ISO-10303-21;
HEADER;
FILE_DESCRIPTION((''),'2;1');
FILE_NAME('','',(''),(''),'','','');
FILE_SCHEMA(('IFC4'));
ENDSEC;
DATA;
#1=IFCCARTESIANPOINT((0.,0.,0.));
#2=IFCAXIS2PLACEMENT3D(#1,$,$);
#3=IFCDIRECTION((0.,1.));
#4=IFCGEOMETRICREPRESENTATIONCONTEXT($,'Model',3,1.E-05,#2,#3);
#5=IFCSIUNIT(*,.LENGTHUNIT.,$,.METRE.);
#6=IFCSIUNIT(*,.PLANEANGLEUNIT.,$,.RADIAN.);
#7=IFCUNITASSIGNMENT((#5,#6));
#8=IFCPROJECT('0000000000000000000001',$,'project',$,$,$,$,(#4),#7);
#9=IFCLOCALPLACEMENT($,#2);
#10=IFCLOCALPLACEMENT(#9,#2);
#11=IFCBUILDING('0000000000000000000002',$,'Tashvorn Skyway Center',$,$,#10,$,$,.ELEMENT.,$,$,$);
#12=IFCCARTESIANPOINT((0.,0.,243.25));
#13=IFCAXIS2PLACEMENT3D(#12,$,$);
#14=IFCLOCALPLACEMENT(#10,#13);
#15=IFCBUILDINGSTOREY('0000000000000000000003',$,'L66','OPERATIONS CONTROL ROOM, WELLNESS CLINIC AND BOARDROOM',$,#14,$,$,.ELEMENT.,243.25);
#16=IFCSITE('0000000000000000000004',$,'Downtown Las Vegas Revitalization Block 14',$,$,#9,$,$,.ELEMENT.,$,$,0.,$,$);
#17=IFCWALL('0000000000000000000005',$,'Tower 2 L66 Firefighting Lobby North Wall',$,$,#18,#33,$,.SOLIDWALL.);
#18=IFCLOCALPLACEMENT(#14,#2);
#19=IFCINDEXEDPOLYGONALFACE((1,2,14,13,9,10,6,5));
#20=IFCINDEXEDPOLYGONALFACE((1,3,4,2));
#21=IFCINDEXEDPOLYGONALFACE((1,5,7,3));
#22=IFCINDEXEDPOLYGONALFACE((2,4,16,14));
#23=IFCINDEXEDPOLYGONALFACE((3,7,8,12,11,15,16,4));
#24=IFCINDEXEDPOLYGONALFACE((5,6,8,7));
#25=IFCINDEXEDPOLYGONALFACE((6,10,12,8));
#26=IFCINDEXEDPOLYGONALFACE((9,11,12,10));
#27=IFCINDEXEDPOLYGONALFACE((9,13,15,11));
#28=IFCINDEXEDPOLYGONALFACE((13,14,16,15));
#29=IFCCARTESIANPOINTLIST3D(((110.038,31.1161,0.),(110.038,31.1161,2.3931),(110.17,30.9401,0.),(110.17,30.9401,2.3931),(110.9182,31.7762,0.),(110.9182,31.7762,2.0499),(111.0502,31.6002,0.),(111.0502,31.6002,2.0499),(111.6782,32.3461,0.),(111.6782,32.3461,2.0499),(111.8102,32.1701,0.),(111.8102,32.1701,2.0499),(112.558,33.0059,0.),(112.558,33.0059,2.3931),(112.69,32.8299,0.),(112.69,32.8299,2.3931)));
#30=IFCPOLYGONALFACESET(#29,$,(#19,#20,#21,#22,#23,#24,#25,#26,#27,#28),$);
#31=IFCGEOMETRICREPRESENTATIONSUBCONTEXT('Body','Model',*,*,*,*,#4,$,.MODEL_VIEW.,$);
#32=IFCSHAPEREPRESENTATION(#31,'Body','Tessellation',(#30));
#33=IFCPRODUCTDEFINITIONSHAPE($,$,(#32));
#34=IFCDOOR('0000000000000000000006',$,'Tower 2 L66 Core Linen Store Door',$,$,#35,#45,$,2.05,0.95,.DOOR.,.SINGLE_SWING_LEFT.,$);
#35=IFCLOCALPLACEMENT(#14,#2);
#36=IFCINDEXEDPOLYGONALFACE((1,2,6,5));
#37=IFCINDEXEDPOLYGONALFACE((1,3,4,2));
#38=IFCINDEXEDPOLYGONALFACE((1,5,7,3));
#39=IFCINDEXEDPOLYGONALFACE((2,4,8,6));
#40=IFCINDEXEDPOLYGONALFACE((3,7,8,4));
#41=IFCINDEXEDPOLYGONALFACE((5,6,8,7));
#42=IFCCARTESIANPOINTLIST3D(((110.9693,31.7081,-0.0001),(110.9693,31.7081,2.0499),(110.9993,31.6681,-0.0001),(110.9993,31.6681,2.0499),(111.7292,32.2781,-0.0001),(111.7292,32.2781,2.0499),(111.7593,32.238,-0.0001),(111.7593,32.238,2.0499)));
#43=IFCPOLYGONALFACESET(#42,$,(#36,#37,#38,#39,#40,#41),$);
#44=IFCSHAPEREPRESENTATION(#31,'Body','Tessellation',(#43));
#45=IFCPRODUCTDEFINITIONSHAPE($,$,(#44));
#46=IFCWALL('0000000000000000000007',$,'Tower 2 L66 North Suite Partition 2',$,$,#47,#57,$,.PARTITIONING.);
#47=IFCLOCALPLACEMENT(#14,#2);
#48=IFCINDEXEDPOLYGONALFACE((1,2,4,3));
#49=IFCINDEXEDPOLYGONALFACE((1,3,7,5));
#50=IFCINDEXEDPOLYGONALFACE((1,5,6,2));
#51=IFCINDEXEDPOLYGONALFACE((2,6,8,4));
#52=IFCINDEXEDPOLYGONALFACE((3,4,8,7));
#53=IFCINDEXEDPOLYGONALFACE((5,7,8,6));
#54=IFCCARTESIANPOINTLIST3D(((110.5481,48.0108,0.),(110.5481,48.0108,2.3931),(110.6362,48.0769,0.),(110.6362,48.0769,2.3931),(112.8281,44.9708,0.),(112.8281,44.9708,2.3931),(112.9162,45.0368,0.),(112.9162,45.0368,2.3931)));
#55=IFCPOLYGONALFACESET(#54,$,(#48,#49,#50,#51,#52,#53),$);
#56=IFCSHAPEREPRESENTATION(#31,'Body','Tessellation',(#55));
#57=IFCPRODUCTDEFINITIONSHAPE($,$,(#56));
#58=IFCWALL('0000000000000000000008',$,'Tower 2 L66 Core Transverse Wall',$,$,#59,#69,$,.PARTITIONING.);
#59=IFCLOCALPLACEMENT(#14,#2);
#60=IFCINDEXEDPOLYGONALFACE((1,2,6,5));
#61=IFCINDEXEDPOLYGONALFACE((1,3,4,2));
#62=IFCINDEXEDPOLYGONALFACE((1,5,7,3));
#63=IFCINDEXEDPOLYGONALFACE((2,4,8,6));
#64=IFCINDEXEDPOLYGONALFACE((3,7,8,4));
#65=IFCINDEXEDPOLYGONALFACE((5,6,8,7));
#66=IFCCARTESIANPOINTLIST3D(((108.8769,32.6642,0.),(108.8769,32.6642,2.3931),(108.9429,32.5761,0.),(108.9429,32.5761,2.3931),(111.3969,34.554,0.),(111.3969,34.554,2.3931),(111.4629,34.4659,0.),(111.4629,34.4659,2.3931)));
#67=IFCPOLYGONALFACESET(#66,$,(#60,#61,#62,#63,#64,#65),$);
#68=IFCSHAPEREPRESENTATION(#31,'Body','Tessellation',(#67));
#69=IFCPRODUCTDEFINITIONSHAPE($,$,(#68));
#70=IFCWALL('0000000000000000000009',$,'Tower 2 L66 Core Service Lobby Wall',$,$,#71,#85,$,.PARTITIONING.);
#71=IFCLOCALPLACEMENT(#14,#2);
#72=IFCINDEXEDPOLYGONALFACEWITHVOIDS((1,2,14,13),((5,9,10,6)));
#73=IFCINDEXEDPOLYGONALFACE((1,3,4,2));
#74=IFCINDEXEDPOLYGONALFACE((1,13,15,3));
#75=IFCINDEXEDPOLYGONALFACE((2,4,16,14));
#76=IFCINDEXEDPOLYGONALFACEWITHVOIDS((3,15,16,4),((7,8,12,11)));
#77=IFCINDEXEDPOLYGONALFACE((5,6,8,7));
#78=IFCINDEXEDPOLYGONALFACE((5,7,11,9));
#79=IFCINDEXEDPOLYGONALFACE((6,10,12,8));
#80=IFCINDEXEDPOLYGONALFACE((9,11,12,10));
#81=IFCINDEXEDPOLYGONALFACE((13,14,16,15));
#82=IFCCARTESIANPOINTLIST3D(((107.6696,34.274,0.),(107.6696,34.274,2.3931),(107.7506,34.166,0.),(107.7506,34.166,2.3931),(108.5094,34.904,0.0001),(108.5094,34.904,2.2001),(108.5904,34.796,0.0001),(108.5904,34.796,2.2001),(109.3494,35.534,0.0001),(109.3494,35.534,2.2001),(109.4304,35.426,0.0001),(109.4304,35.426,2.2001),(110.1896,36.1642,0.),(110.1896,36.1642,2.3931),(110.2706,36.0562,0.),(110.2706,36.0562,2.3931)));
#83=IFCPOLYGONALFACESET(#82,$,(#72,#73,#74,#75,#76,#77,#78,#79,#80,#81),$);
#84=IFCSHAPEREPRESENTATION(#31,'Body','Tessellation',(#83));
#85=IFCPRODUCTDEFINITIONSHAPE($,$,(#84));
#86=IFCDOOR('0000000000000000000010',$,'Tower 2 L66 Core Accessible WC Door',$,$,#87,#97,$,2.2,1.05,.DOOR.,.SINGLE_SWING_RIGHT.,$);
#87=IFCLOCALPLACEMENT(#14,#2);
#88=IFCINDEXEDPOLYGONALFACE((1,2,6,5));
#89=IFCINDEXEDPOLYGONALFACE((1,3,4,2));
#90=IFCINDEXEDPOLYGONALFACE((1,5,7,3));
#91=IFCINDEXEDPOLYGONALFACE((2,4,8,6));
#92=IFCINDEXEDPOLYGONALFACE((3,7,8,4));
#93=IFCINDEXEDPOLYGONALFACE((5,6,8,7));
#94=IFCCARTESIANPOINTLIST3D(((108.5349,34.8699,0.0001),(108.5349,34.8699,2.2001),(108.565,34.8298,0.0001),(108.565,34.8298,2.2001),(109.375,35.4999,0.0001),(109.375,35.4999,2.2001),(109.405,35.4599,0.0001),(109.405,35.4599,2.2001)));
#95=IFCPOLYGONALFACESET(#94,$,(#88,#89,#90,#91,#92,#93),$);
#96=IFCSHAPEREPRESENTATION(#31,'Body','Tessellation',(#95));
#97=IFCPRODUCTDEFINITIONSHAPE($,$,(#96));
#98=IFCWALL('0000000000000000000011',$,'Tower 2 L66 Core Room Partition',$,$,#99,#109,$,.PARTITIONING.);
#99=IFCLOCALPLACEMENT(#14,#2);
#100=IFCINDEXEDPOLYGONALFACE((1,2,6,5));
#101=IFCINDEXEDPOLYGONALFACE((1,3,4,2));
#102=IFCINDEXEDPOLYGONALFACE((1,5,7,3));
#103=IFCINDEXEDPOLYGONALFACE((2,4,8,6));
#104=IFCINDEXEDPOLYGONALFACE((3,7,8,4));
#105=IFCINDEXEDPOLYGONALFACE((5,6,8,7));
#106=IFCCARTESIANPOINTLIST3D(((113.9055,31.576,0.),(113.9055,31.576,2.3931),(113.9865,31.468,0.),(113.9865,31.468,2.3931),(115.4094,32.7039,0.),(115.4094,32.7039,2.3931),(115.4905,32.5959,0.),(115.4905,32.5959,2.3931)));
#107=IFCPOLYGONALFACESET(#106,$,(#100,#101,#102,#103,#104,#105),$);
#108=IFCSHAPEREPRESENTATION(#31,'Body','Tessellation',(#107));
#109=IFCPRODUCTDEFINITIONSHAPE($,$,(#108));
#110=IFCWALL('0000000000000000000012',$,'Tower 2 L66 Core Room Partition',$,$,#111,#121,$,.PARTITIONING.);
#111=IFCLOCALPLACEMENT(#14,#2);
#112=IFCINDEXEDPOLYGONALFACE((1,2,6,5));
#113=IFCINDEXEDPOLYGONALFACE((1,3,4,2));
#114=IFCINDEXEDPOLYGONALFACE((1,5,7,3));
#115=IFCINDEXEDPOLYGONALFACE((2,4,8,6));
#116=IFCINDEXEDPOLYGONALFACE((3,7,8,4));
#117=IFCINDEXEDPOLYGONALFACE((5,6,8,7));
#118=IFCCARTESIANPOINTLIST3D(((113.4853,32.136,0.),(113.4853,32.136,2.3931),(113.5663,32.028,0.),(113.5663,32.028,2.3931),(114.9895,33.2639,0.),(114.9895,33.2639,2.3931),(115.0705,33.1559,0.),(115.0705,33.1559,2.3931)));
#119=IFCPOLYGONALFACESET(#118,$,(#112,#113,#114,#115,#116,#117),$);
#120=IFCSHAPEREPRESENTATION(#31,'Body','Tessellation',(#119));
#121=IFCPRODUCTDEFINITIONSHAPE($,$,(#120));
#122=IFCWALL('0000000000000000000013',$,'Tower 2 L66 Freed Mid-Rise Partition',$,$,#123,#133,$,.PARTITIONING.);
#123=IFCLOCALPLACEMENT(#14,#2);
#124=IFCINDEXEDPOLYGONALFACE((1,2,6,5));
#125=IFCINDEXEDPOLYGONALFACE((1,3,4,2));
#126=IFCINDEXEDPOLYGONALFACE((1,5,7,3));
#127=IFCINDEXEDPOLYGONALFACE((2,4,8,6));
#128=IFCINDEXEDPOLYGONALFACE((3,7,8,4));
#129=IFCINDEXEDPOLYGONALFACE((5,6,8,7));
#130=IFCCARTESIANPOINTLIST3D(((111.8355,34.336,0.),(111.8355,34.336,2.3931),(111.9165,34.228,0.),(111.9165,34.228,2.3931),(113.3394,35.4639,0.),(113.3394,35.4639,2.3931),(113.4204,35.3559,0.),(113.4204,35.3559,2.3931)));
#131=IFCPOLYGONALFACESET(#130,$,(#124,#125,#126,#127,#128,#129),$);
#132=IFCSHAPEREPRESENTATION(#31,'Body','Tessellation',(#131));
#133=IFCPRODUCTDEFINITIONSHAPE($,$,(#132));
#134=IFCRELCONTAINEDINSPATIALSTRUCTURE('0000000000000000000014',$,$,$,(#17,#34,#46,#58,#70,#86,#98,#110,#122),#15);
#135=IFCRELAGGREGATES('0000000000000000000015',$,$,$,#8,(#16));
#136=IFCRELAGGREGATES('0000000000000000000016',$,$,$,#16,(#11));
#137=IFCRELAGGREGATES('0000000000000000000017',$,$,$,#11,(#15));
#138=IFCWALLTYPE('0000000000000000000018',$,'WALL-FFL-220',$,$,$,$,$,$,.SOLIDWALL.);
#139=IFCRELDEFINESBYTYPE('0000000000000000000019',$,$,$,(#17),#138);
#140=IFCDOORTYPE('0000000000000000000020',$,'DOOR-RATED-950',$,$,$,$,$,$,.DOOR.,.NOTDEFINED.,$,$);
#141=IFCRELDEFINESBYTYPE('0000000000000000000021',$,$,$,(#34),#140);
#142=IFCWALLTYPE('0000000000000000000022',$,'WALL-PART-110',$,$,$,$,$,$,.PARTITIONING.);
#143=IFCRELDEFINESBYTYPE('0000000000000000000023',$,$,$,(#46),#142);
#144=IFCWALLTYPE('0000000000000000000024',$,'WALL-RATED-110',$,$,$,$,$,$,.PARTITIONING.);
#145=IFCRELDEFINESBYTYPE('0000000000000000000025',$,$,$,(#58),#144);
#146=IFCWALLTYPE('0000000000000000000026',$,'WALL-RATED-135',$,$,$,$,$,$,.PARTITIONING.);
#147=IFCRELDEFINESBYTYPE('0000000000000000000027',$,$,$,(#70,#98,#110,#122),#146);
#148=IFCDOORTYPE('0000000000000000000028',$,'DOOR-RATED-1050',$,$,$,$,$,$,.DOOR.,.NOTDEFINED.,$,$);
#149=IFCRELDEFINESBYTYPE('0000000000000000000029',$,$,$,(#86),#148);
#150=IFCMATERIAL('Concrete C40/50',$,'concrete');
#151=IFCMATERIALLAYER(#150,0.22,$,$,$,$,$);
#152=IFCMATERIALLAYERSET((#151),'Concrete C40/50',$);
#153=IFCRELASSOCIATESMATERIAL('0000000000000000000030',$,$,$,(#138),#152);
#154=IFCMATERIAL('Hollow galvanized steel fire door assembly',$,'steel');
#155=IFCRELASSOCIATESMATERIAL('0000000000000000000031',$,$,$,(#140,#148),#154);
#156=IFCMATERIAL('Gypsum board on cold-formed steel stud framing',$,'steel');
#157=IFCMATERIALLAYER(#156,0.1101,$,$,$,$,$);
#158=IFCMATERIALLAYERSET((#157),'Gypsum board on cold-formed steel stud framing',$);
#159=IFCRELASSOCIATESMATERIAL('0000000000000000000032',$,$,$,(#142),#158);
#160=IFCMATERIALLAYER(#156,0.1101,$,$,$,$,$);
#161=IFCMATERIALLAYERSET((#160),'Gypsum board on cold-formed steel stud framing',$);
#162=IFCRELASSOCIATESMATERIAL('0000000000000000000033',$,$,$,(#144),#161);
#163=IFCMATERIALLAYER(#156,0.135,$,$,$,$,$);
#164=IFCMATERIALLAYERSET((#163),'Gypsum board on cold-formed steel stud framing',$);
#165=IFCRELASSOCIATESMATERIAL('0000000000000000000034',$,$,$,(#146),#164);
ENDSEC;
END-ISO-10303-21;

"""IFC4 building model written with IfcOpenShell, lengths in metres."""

from ifc_helpers import new_model, si_unit, direction, frame, frame_2d, origin, place, context, subcontext, project, spatial, rectangle, extrude, material, layer, layer_set, type_object, element, fill, save


model = new_model("IFC4")

# Units and contexts
model_context = context("Model", 3, precision=1e-05, world=origin(), true_north=direction((0.0, 1.0)))
body_context = subcontext(model_context, "Body", "Model", "MODEL_VIEW")
ifc_project = project(units=[si_unit("LENGTHUNIT", "METRE"), si_unit("PLANEANGLEUNIT", "RADIAN")], contexts=[model_context])

# Site, building, storey
site_placement = place(None, origin())
site = spatial("IfcSite", under=ifc_project, at=site_placement, Name="Downtown Las Vegas Revitalization Block 14", CompositionType="ELEMENT", RefElevation=0.0)
building_placement = place(site_placement, origin())
building = spatial("IfcBuilding", under=site, at=building_placement, Name="Tashvorn Skyway Center", CompositionType="ELEMENT")
storey_placement = place(building_placement, frame((0.0, 0.0, 243.25)))
storey = spatial("IfcBuildingStorey", under=building, at=storey_placement, Name="L66", Description="OPERATIONS CONTROL ROOM, WELLNESS CLINIC AND BOARDROOM", CompositionType="ELEMENT", Elevation=243.25)

# Wall, opening, door
ifc_material_1 = material(Name="Concrete C40/50", Category="concrete")
ifc_layer_1 = layer(ifc_material_1, 0.22)
ifc_layer_set_1 = layer_set([ifc_layer_1], Name="Concrete C40/50")
wall_type_1 = type_object("IfcWallType", Name="WALL-FFL-220", PredefinedType="SOLIDWALL", material=ifc_layer_set_1)
wall_1_placement = place(storey_placement, frame((110.104, 31.0281, 0.0), z_axis=(0.0, 0.0, 1.0), x_axis=(0.800019, 0.599975, 0.0)))
wall_1 = element("IfcWall", 1, at=wall_1_placement, inside=storey, type_object=wall_type_1, Name="Tower 2 L66 Firefighting Lobby North Wall", PredefinedType="SOLIDWALL", context=body_context, shape_type="SweptSolid", body=[
    extrude(rectangle(XDim=3.1499, YDim=0.22, at=frame_2d((1.575, 0.0))), origin(), (0.0, 0.0, 1.0), 2.3931),
])
opening_1_placement = place(wall_1_placement, frame((1.1001, 0.0, 0.0)))
opening_1 = element("IfcOpeningElement", 2, at=opening_1_placement, cuts=wall_1, PredefinedType="OPENING", context=body_context, shape_type="SweptSolid", body=[
    extrude(rectangle(XDim=0.95, YDim=2.05, at=frame_2d((0.4751, 1.0249))), frame((0.0, 0.1199, 0.0), z_axis=(0.0, -1.0, 0.0), x_axis=(1.0, 0.0, 0.0)), (0.0, 0.0, 1.0), 0.24),
])
ifc_material_2 = material(Name="Hollow galvanized steel fire door assembly", Category="steel")
door_type_1 = type_object("IfcDoorType", Name="DOOR-RATED-950", OperationType="NOTDEFINED", PredefinedType="DOOR", material=ifc_material_2)
door_1_placement = place(opening_1_placement, origin())
door_1 = element("IfcDoor", 3, at=door_1_placement, inside=storey, type_object=door_type_1, Name="Tower 2 L66 Core Linen Store Door", OperationType="SINGLE_SWING_LEFT", OverallHeight=2.05, OverallWidth=0.95, PredefinedType="DOOR", context=body_context, shape_type="SweptSolid", body=[
    extrude(rectangle(XDim=0.95, YDim=2.05, at=frame_2d((0.4751, 1.0249))), frame((0.0, 0.0249, 0.0), z_axis=(0.0, -1.0, 0.0), x_axis=(1.0, 0.0, 0.0)), (0.0, 0.0, 1.0), 0.05),
])
fill(opening_1, door_1)

# Walls
ifc_material_3 = material(Name="Gypsum board on cold-formed steel stud framing", Category="steel")
ifc_layer_2 = layer(ifc_material_3, 0.1101)
ifc_layer_set_2 = layer_set([ifc_layer_2], Name="Gypsum board on cold-formed steel stud framing")
wall_type_2 = type_object("IfcWallType", Name="WALL-PART-110", PredefinedType="PARTITIONING", material=ifc_layer_set_2)
wall_2_placement = place(storey_placement, frame((112.8721, 45.0039, 0.0), z_axis=(0.0, 0.0, 1.0), x_axis=(-0.6, 0.8, 0.0)))
element("IfcWall", 4, at=wall_2_placement, inside=storey, type_object=wall_type_2, Name="Tower 2 L66 North Suite Partition 2", PredefinedType="PARTITIONING", context=body_context, shape_type="SweptSolid", body=[
    extrude(rectangle(XDim=3.8, YDim=0.1101, at=frame_2d((1.8999, 0.0))), origin(), (0.0, 0.0, 1.0), 2.3931),
])
ifc_layer_3 = layer(ifc_material_3, 0.1101)
ifc_layer_set_3 = layer_set([ifc_layer_3], Name="Gypsum board on cold-formed steel stud framing")
wall_type_3 = type_object("IfcWallType", Name="WALL-RATED-110", PredefinedType="PARTITIONING", material=ifc_layer_set_3)
wall_3_placement = place(storey_placement, frame((108.9099, 32.6201, 0.0), z_axis=(0.0, 0.0, 1.0), x_axis=(0.800019, 0.599975, 0.0)))
element("IfcWall", 5, at=wall_3_placement, inside=storey, type_object=wall_type_3, Name="Tower 2 L66 Core Transverse Wall", PredefinedType="PARTITIONING", context=body_context, shape_type="SweptSolid", body=[
    extrude(rectangle(XDim=3.1499, YDim=0.1101, at=frame_2d((1.575, 0.0))), origin(), (0.0, 0.0, 1.0), 2.3931),
])

# Wall, opening, door
ifc_layer_4 = layer(ifc_material_3, 0.135)
ifc_layer_set_4 = layer_set([ifc_layer_4], Name="Gypsum board on cold-formed steel stud framing")
wall_type_4 = type_object("IfcWallType", Name="WALL-RATED-135", PredefinedType="PARTITIONING", material=ifc_layer_set_4)
wall_4_placement = place(storey_placement, frame((107.71, 34.22, 0.0), z_axis=(0.0, 0.0, 1.0), x_axis=(0.799981, 0.600025, 0.0)))
wall_4 = element("IfcWall", 6, at=wall_4_placement, inside=storey, type_object=wall_type_4, Name="Tower 2 L66 Core Service Lobby Wall", PredefinedType="PARTITIONING", context=body_context, shape_type="SweptSolid", body=[
    extrude(rectangle(XDim=3.1501, YDim=0.135, at=frame_2d((1.5752, 0.0))), origin(), (0.0, 0.0, 1.0), 2.3931),
])
opening_2_placement = place(wall_4_placement, frame((1.05, 0.0, 0.0)))
opening_2 = element("IfcOpeningElement", 7, at=opening_2_placement, cuts=wall_4, PredefinedType="OPENING", context=body_context, shape_type="SweptSolid", body=[
    extrude(rectangle(XDim=1.05, YDim=2.2, at=frame_2d((0.5249, 1.1001))), frame((0.0, 0.0774, 0.0), z_axis=(0.0, -1.0, 0.0), x_axis=(1.0, 0.0, 0.0)), (0.0, 0.0, 1.0), 0.155),
])
door_type_2 = type_object("IfcDoorType", Name="DOOR-RATED-1050", OperationType="NOTDEFINED", PredefinedType="DOOR", material=ifc_material_2)
door_2_placement = place(opening_2_placement, origin())
door_2 = element("IfcDoor", 8, at=door_2_placement, inside=storey, type_object=door_type_2, Name="Tower 2 L66 Core Accessible WC Door", OperationType="SINGLE_SWING_RIGHT", OverallHeight=2.2, OverallWidth=1.05, PredefinedType="DOOR", context=body_context, shape_type="SweptSolid", body=[
    extrude(rectangle(XDim=1.05, YDim=2.2, at=frame_2d((0.5249, 1.1001))), frame((0.0, 0.0249, 0.0), z_axis=(0.0, -1.0, 0.0), x_axis=(1.0, 0.0, 0.0)), (0.0, 0.0, 1.0), 0.05),
])
fill(opening_2, door_2)

# Walls
wall_5_placement = place(storey_placement, frame((113.946, 31.522, 0.0), z_axis=(0.0, 0.0, 1.0), x_axis=(0.8, 0.6, 0.0)))
element("IfcWall", 9, at=wall_5_placement, inside=storey, type_object=wall_type_4, Name="Tower 2 L66 Core Room Partition", PredefinedType="PARTITIONING", context=body_context, shape_type="SweptSolid", body=[
    extrude(rectangle(XDim=1.8799, YDim=0.135, at=frame_2d((0.9399, 0.0))), origin(), (0.0, 0.0, 1.0), 2.3931),
])
wall_6_placement = place(storey_placement, frame((113.5259, 32.082, 0.0), z_axis=(0.0, 0.0, 1.0), x_axis=(0.800047, 0.599938, 0.0)))
element("IfcWall", 10, at=wall_6_placement, inside=storey, type_object=wall_type_4, Name="Tower 2 L66 Core Room Partition", PredefinedType="PARTITIONING", context=body_context, shape_type="SweptSolid", body=[
    extrude(rectangle(XDim=1.8801, YDim=0.135, at=frame_2d((0.9399, 0.0))), origin(), (0.0, 0.0, 1.0), 2.3931),
])
wall_7_placement = place(storey_placement, frame((111.876, 34.282, 0.0), z_axis=(0.0, 0.0, 1.0), x_axis=(0.8, 0.6, 0.0)))
element("IfcWall", 11, at=wall_7_placement, inside=storey, type_object=wall_type_4, Name="Tower 2 L66 Freed Mid-Rise Partition", PredefinedType="PARTITIONING", context=body_context, shape_type="SweptSolid", body=[
    extrude(rectangle(XDim=1.8799, YDim=0.135, at=frame_2d((0.9399, 0.0))), origin(), (0.0, 0.0, 1.0), 2.3931),
])

save(model, "model.ifc")
